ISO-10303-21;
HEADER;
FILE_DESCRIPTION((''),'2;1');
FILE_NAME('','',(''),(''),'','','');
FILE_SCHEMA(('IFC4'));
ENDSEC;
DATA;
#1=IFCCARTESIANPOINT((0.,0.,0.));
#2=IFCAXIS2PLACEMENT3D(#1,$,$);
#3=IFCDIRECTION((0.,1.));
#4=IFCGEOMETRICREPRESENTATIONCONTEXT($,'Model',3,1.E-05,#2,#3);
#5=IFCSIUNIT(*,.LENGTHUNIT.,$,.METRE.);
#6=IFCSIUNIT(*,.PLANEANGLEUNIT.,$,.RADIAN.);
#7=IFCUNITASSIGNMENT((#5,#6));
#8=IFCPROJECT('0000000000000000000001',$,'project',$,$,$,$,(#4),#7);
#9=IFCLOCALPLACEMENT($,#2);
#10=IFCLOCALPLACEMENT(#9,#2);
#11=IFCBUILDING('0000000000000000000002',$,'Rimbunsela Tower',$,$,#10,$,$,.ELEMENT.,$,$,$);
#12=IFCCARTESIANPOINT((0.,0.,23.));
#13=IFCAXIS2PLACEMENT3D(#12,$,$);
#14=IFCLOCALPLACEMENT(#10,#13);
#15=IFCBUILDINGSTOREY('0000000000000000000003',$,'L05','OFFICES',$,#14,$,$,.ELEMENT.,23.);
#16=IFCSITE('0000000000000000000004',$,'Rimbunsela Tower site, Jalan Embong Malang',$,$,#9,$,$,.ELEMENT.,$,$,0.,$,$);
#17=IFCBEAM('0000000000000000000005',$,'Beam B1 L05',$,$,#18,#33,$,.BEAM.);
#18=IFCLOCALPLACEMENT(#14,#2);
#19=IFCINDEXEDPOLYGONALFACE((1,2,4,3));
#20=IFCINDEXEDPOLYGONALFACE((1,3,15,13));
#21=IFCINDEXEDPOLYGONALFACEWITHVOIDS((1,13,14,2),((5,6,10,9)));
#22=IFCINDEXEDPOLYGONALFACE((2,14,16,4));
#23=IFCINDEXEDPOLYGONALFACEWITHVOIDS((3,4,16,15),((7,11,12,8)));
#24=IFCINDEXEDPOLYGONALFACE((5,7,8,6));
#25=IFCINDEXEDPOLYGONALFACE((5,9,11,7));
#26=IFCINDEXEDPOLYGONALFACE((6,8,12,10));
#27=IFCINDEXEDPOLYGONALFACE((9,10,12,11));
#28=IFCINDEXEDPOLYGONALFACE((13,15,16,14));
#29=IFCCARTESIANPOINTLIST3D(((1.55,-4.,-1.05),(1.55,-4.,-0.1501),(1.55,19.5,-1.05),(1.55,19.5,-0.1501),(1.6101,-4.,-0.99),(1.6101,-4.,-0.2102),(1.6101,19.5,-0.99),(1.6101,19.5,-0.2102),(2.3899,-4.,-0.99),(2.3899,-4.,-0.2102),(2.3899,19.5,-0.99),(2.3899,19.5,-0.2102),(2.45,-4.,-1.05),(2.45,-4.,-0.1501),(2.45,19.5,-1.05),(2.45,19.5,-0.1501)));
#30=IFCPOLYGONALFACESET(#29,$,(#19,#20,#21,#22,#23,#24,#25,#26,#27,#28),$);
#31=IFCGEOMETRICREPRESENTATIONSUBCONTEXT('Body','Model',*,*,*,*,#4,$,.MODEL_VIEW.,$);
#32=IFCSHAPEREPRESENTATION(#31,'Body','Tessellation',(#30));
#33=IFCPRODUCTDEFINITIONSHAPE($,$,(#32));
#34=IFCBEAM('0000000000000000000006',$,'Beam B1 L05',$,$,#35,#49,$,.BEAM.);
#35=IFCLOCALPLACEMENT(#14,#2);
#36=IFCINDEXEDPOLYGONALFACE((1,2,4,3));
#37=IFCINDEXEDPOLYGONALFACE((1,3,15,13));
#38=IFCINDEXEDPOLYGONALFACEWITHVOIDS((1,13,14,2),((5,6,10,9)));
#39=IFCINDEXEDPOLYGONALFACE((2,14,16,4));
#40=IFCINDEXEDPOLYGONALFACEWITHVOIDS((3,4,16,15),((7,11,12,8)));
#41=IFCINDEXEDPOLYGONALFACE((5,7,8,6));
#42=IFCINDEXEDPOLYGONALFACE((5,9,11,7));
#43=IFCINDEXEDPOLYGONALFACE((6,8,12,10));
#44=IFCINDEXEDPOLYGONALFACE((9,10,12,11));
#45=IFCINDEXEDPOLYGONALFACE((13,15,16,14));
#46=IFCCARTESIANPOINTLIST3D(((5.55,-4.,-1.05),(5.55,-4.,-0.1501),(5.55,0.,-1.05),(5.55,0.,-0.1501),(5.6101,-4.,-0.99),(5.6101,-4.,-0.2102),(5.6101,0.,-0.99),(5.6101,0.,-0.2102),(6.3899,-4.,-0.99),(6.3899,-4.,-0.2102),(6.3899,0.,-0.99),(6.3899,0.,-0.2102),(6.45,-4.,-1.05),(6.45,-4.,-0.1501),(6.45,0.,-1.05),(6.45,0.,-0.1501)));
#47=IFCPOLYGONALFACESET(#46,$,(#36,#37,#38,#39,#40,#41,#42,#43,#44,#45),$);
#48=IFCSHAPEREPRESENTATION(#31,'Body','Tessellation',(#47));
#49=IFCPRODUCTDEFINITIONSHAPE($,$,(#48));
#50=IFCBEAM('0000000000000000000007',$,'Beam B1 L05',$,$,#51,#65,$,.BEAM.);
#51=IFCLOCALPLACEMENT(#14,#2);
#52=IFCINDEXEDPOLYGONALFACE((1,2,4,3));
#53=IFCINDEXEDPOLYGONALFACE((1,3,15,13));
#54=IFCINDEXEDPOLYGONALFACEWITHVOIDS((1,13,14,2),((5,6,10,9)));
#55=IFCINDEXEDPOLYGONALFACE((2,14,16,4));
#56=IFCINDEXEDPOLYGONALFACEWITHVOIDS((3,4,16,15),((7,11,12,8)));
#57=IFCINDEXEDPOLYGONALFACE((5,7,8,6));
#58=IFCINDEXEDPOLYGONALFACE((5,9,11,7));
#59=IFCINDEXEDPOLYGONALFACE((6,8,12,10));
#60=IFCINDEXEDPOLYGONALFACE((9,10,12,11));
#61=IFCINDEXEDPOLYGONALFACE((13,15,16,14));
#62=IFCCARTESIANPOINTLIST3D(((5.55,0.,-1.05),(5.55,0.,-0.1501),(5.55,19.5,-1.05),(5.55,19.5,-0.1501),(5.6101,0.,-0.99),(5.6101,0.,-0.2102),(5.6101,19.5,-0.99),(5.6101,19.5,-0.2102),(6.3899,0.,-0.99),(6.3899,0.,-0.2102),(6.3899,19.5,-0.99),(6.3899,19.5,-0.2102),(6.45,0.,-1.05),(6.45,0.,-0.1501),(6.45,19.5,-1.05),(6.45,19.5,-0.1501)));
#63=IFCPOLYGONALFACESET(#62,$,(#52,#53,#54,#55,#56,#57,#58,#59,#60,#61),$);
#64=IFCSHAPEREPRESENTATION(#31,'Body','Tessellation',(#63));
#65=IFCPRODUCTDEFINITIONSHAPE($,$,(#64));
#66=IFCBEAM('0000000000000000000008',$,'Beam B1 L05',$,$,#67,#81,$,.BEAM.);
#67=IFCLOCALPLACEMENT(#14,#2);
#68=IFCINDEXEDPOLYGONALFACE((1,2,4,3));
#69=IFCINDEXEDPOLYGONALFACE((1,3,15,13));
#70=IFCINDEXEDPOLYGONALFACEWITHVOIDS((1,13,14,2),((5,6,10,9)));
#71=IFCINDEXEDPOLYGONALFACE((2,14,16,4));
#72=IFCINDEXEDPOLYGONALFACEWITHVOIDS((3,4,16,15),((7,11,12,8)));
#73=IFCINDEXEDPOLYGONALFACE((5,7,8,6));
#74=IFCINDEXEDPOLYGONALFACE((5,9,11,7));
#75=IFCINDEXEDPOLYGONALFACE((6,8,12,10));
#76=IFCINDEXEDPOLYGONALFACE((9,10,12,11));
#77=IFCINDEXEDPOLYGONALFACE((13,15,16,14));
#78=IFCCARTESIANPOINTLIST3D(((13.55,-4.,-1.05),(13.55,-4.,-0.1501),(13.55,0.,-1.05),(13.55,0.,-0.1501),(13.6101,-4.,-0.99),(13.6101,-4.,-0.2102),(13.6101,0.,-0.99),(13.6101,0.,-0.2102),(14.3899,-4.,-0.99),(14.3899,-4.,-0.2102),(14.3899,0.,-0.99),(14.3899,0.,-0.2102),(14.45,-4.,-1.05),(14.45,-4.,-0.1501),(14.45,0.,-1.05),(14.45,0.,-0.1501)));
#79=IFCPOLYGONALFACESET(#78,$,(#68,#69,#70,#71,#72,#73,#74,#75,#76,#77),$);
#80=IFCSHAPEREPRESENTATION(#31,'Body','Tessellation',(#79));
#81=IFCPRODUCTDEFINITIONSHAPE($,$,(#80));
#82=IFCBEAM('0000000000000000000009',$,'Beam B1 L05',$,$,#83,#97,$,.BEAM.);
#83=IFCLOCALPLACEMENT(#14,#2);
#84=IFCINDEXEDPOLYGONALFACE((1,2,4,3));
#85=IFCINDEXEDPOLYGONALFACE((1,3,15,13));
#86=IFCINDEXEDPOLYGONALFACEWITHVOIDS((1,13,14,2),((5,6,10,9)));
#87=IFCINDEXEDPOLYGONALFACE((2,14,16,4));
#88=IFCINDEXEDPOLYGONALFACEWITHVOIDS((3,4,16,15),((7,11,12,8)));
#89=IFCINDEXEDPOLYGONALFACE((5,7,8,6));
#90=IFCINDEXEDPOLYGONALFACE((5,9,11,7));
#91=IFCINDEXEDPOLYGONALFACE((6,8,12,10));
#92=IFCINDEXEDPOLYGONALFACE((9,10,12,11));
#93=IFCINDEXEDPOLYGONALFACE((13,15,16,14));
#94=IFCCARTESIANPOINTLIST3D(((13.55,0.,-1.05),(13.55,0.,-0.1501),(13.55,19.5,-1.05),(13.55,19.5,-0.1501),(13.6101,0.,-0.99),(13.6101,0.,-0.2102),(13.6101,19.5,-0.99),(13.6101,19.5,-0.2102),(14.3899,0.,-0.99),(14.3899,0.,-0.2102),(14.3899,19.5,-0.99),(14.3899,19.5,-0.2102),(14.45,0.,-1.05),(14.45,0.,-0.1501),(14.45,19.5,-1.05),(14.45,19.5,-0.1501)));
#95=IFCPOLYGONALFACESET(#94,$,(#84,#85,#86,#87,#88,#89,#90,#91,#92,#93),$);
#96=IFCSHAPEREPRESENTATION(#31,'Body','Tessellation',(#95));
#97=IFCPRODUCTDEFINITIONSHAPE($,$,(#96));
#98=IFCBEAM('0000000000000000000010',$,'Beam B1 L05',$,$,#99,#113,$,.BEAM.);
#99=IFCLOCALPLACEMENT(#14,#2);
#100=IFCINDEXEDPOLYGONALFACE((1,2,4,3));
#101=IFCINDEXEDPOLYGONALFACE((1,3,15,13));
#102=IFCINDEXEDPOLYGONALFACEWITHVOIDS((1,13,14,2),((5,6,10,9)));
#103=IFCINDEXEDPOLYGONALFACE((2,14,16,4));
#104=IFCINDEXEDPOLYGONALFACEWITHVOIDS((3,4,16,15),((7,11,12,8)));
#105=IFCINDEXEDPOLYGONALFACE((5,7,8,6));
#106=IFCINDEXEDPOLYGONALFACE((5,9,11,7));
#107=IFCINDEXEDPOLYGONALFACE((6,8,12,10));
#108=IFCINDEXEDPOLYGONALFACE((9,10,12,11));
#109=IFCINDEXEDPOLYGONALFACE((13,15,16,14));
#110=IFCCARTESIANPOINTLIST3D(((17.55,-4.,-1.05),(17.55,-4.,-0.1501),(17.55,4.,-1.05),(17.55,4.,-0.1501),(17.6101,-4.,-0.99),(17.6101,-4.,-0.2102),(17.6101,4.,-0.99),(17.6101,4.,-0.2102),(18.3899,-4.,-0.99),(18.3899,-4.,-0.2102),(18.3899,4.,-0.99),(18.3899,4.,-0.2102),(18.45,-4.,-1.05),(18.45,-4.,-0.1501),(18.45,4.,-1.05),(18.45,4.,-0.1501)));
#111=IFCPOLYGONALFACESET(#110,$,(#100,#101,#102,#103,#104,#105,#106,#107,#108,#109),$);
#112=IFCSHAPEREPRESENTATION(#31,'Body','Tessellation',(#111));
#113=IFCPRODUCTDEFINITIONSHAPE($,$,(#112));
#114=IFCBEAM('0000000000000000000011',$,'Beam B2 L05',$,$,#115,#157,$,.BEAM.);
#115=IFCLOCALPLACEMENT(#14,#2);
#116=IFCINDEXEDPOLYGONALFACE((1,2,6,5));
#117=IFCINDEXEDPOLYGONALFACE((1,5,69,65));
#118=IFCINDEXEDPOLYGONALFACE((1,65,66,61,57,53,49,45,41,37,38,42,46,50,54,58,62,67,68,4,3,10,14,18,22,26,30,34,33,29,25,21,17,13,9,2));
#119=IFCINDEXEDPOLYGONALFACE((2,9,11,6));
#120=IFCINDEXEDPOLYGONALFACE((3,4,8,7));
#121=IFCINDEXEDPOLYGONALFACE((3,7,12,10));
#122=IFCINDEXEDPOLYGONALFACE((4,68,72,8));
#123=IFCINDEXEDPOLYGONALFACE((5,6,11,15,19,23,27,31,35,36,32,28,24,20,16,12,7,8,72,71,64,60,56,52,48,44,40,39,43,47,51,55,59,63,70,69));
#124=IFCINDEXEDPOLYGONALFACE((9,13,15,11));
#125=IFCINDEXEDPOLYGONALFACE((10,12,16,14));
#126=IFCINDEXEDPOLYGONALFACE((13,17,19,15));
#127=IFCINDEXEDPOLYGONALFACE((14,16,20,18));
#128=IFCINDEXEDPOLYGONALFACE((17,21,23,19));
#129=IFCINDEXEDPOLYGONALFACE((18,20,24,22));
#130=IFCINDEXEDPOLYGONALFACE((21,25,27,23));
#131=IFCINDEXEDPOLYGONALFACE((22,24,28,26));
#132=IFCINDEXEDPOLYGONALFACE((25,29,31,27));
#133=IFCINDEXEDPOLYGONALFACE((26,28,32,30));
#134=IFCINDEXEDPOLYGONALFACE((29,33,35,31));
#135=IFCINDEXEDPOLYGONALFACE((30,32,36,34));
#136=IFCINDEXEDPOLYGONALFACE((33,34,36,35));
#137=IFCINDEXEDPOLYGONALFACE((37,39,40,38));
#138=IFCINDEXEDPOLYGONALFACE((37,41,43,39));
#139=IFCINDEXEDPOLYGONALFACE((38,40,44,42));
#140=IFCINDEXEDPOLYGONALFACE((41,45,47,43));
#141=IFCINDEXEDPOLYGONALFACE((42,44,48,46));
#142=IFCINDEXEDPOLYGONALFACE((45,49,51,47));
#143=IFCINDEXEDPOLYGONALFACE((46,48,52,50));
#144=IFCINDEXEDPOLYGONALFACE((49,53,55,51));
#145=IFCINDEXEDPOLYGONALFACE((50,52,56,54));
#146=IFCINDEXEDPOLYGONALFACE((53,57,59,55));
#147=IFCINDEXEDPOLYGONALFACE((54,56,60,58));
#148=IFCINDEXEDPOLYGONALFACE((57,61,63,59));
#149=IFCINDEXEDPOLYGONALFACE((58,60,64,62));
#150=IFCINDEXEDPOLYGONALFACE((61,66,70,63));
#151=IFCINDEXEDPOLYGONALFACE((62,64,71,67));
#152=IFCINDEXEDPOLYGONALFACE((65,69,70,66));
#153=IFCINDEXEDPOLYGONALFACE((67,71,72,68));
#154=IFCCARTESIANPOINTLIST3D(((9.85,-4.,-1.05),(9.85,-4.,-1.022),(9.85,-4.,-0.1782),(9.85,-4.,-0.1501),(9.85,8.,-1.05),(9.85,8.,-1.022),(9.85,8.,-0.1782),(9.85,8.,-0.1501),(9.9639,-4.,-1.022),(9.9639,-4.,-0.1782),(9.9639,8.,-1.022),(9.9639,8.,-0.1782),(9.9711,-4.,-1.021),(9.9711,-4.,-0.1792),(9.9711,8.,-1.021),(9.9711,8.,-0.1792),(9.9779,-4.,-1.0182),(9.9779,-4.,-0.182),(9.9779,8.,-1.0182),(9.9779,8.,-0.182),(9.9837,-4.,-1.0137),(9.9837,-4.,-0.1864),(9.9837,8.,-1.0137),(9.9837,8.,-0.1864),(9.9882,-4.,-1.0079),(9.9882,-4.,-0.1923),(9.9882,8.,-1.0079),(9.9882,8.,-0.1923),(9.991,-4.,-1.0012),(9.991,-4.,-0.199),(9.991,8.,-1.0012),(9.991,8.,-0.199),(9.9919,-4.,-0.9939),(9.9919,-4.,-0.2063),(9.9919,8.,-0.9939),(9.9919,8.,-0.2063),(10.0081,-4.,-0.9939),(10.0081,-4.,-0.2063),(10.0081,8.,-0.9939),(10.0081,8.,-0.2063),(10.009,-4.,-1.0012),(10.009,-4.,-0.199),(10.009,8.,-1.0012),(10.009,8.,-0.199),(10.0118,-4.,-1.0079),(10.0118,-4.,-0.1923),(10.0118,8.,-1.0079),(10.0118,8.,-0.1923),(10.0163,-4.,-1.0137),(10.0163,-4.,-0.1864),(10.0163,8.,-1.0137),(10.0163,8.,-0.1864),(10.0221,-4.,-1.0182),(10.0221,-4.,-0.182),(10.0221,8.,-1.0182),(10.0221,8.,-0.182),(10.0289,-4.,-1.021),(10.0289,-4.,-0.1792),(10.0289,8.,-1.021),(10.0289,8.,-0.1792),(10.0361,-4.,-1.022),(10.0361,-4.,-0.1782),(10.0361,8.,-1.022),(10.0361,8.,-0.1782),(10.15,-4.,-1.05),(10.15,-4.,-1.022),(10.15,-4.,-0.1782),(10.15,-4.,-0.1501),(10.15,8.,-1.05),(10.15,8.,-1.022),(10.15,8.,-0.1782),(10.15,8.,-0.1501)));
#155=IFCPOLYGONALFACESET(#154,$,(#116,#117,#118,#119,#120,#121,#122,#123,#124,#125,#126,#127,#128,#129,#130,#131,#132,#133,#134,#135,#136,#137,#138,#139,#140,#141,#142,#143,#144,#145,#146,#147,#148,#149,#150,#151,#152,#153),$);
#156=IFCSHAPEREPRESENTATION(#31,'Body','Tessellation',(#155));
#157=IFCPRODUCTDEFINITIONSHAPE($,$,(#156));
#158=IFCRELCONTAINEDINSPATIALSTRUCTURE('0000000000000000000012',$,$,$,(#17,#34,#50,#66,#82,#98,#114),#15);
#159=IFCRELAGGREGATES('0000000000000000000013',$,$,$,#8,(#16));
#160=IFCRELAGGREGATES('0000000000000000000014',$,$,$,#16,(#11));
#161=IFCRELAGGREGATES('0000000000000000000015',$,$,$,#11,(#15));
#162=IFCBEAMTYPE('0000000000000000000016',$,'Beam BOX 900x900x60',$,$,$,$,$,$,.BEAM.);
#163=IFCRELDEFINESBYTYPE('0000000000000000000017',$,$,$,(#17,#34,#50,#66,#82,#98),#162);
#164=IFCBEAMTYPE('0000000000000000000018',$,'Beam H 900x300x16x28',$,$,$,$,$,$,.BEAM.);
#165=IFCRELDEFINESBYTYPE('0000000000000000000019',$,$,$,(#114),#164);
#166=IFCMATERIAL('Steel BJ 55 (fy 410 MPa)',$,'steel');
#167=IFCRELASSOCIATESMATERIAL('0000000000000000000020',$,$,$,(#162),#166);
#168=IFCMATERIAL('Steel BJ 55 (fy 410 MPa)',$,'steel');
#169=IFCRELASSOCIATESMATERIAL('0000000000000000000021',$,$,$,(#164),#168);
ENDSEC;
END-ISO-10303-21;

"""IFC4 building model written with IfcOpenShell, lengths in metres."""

from ifc_helpers import new_model, si_unit, direction, frame, origin, origin_2d, place, context, subcontext, project, spatial, hollow_rectangle, i_section, extrude, material, material_profile, profile_set, type_object, element, save


model = new_model("IFC4")

# Units and contexts
model_context = context("Model", 3, precision=1e-05, world=origin(), true_north=direction((0.0, 1.0)))
body_context = subcontext(model_context, "Body", "Model", "MODEL_VIEW")
ifc_project = project(units=[si_unit("LENGTHUNIT", "METRE"), si_unit("PLANEANGLEUNIT", "RADIAN")], contexts=[model_context])

# Site, building, storey
site_placement = place(None, origin())
site = spatial("IfcSite", under=ifc_project, at=site_placement, Name="Rimbunsela Tower site, Jalan Embong Malang", CompositionType="ELEMENT", RefElevation=0.0)
building_placement = place(site_placement, origin())
building = spatial("IfcBuilding", under=site, at=building_placement, Name="Rimbunsela Tower", CompositionType="ELEMENT")
storey_placement = place(building_placement, frame((0.0, 0.0, 23.0)))
storey = spatial("IfcBuildingStorey", under=building, at=storey_placement, Name="L05", Description="OFFICES", CompositionType="ELEMENT", Elevation=23.0)

# Beams
ifc_material_1 = material(Name="Steel BJ 55 (fy 410 MPa)", Category="steel")
ifc_material_profile_1 = material_profile(ifc_material_1, hollow_rectangle(XDim=0.8999, YDim=0.8999, WallThickness=0.0601, at=origin_2d()), Name="BOX 900x900x60")
ifc_profile_set_1 = profile_set([ifc_material_profile_1], Name="Steel BJ 55 (fy 410 MPa)")
beam_type_1 = type_object("IfcBeamType", Name="Beam BOX 900x900x60", PredefinedType="BEAM", material=ifc_profile_set_1)
beam_1_placement = place(storey_placement, frame((2.0, -4.0, -0.6001), z_axis=(0.0, 1.0, 0.0), x_axis=(-1.0, 0.0, 0.0)))
element("IfcBeam", 1, at=beam_1_placement, inside=storey, type_object=beam_type_1, Name="Beam B1 L05", PredefinedType="BEAM", context=body_context, shape_type="SweptSolid", body=[
    extrude(hollow_rectangle(XDim=0.8999, YDim=0.8999, WallThickness=0.0601, at=origin_2d()), origin(), (0.0, 0.0, 1.0), 23.5),
])
beam_2_placement = place(storey_placement, frame((6.0, -4.0, -0.6001), z_axis=(0.0, 1.0, 0.0), x_axis=(-1.0, 0.0, 0.0)))
element("IfcBeam", 2, at=beam_2_placement, inside=storey, type_object=beam_type_1, Name="Beam B1 L05", PredefinedType="BEAM", context=body_context, shape_type="SweptSolid", body=[
    extrude(hollow_rectangle(XDim=0.8999, YDim=0.8999, WallThickness=0.0601, at=origin_2d()), origin(), (0.0, 0.0, 1.0), 4.0),
])
beam_3_placement = place(storey_placement, frame((6.0, 0.0, -0.6001), z_axis=(0.0, 1.0, 0.0), x_axis=(-1.0, 0.0, 0.0)))
element("IfcBeam", 3, at=beam_3_placement, inside=storey, type_object=beam_type_1, Name="Beam B1 L05", PredefinedType="BEAM", context=body_context, shape_type="SweptSolid", body=[
    extrude(hollow_rectangle(XDim=0.8999, YDim=0.8999, WallThickness=0.0601, at=origin_2d()), origin(), (0.0, 0.0, 1.0), 19.5),
])
beam_4_placement = place(storey_placement, frame((14.0, -4.0, -0.6001), z_axis=(0.0, 1.0, 0.0), x_axis=(-1.0, 0.0, 0.0)))
element("IfcBeam", 4, at=beam_4_placement, inside=storey, type_object=beam_type_1, Name="Beam B1 L05", PredefinedType="BEAM", context=body_context, shape_type="SweptSolid", body=[
    extrude(hollow_rectangle(XDim=0.8999, YDim=0.8999, WallThickness=0.0601, at=origin_2d()), origin(), (0.0, 0.0, 1.0), 4.0),
])
beam_5_placement = place(storey_placement, frame((14.0, 0.0, -0.6001), z_axis=(0.0, 1.0, 0.0), x_axis=(-1.0, 0.0, 0.0)))
element("IfcBeam", 5, at=beam_5_placement, inside=storey, type_object=beam_type_1, Name="Beam B1 L05", PredefinedType="BEAM", context=body_context, shape_type="SweptSolid", body=[
    extrude(hollow_rectangle(XDim=0.8999, YDim=0.8999, WallThickness=0.0601, at=origin_2d()), origin(), (0.0, 0.0, 1.0), 19.5),
])
beam_6_placement = place(storey_placement, frame((18.0, -4.0, -0.6001), z_axis=(0.0, 1.0, 0.0), x_axis=(-1.0, 0.0, 0.0)))
element("IfcBeam", 6, at=beam_6_placement, inside=storey, type_object=beam_type_1, Name="Beam B1 L05", PredefinedType="BEAM", context=body_context, shape_type="SweptSolid", body=[
    extrude(hollow_rectangle(XDim=0.8999, YDim=0.8999, WallThickness=0.0601, at=origin_2d()), origin(), (0.0, 0.0, 1.0), 8.0),
])
ifc_material_2 = material(Name="Steel BJ 55 (fy 410 MPa)", Category="steel")
ifc_material_profile_2 = material_profile(ifc_material_2, i_section(OverallWidth=0.3, OverallDepth=0.8999, WebThickness=0.0161, FlangeThickness=0.0281, FilletRadius=0.0281, at=origin_2d()), Name="H 900x300x16x28")
ifc_profile_set_2 = profile_set([ifc_material_profile_2], Name="Steel BJ 55 (fy 410 MPa)")
beam_type_2 = type_object("IfcBeamType", Name="Beam H 900x300x16x28", PredefinedType="BEAM", material=ifc_profile_set_2)
beam_7_placement = place(storey_placement, frame((10.0, -4.0, -0.6001), z_axis=(0.0, 1.0, 0.0), x_axis=(-1.0, 0.0, 0.0)))
element("IfcBeam", 7, at=beam_7_placement, inside=storey, type_object=beam_type_2, Name="Beam B2 L05", PredefinedType="BEAM", context=body_context, shape_type="SweptSolid", body=[
    extrude(i_section(OverallWidth=0.3, OverallDepth=0.8999, WebThickness=0.0161, FlangeThickness=0.0281, FilletRadius=0.0281, at=origin_2d()), origin(), (0.0, 0.0, 1.0), 12.0),
])

save(model, "model.ifc")
